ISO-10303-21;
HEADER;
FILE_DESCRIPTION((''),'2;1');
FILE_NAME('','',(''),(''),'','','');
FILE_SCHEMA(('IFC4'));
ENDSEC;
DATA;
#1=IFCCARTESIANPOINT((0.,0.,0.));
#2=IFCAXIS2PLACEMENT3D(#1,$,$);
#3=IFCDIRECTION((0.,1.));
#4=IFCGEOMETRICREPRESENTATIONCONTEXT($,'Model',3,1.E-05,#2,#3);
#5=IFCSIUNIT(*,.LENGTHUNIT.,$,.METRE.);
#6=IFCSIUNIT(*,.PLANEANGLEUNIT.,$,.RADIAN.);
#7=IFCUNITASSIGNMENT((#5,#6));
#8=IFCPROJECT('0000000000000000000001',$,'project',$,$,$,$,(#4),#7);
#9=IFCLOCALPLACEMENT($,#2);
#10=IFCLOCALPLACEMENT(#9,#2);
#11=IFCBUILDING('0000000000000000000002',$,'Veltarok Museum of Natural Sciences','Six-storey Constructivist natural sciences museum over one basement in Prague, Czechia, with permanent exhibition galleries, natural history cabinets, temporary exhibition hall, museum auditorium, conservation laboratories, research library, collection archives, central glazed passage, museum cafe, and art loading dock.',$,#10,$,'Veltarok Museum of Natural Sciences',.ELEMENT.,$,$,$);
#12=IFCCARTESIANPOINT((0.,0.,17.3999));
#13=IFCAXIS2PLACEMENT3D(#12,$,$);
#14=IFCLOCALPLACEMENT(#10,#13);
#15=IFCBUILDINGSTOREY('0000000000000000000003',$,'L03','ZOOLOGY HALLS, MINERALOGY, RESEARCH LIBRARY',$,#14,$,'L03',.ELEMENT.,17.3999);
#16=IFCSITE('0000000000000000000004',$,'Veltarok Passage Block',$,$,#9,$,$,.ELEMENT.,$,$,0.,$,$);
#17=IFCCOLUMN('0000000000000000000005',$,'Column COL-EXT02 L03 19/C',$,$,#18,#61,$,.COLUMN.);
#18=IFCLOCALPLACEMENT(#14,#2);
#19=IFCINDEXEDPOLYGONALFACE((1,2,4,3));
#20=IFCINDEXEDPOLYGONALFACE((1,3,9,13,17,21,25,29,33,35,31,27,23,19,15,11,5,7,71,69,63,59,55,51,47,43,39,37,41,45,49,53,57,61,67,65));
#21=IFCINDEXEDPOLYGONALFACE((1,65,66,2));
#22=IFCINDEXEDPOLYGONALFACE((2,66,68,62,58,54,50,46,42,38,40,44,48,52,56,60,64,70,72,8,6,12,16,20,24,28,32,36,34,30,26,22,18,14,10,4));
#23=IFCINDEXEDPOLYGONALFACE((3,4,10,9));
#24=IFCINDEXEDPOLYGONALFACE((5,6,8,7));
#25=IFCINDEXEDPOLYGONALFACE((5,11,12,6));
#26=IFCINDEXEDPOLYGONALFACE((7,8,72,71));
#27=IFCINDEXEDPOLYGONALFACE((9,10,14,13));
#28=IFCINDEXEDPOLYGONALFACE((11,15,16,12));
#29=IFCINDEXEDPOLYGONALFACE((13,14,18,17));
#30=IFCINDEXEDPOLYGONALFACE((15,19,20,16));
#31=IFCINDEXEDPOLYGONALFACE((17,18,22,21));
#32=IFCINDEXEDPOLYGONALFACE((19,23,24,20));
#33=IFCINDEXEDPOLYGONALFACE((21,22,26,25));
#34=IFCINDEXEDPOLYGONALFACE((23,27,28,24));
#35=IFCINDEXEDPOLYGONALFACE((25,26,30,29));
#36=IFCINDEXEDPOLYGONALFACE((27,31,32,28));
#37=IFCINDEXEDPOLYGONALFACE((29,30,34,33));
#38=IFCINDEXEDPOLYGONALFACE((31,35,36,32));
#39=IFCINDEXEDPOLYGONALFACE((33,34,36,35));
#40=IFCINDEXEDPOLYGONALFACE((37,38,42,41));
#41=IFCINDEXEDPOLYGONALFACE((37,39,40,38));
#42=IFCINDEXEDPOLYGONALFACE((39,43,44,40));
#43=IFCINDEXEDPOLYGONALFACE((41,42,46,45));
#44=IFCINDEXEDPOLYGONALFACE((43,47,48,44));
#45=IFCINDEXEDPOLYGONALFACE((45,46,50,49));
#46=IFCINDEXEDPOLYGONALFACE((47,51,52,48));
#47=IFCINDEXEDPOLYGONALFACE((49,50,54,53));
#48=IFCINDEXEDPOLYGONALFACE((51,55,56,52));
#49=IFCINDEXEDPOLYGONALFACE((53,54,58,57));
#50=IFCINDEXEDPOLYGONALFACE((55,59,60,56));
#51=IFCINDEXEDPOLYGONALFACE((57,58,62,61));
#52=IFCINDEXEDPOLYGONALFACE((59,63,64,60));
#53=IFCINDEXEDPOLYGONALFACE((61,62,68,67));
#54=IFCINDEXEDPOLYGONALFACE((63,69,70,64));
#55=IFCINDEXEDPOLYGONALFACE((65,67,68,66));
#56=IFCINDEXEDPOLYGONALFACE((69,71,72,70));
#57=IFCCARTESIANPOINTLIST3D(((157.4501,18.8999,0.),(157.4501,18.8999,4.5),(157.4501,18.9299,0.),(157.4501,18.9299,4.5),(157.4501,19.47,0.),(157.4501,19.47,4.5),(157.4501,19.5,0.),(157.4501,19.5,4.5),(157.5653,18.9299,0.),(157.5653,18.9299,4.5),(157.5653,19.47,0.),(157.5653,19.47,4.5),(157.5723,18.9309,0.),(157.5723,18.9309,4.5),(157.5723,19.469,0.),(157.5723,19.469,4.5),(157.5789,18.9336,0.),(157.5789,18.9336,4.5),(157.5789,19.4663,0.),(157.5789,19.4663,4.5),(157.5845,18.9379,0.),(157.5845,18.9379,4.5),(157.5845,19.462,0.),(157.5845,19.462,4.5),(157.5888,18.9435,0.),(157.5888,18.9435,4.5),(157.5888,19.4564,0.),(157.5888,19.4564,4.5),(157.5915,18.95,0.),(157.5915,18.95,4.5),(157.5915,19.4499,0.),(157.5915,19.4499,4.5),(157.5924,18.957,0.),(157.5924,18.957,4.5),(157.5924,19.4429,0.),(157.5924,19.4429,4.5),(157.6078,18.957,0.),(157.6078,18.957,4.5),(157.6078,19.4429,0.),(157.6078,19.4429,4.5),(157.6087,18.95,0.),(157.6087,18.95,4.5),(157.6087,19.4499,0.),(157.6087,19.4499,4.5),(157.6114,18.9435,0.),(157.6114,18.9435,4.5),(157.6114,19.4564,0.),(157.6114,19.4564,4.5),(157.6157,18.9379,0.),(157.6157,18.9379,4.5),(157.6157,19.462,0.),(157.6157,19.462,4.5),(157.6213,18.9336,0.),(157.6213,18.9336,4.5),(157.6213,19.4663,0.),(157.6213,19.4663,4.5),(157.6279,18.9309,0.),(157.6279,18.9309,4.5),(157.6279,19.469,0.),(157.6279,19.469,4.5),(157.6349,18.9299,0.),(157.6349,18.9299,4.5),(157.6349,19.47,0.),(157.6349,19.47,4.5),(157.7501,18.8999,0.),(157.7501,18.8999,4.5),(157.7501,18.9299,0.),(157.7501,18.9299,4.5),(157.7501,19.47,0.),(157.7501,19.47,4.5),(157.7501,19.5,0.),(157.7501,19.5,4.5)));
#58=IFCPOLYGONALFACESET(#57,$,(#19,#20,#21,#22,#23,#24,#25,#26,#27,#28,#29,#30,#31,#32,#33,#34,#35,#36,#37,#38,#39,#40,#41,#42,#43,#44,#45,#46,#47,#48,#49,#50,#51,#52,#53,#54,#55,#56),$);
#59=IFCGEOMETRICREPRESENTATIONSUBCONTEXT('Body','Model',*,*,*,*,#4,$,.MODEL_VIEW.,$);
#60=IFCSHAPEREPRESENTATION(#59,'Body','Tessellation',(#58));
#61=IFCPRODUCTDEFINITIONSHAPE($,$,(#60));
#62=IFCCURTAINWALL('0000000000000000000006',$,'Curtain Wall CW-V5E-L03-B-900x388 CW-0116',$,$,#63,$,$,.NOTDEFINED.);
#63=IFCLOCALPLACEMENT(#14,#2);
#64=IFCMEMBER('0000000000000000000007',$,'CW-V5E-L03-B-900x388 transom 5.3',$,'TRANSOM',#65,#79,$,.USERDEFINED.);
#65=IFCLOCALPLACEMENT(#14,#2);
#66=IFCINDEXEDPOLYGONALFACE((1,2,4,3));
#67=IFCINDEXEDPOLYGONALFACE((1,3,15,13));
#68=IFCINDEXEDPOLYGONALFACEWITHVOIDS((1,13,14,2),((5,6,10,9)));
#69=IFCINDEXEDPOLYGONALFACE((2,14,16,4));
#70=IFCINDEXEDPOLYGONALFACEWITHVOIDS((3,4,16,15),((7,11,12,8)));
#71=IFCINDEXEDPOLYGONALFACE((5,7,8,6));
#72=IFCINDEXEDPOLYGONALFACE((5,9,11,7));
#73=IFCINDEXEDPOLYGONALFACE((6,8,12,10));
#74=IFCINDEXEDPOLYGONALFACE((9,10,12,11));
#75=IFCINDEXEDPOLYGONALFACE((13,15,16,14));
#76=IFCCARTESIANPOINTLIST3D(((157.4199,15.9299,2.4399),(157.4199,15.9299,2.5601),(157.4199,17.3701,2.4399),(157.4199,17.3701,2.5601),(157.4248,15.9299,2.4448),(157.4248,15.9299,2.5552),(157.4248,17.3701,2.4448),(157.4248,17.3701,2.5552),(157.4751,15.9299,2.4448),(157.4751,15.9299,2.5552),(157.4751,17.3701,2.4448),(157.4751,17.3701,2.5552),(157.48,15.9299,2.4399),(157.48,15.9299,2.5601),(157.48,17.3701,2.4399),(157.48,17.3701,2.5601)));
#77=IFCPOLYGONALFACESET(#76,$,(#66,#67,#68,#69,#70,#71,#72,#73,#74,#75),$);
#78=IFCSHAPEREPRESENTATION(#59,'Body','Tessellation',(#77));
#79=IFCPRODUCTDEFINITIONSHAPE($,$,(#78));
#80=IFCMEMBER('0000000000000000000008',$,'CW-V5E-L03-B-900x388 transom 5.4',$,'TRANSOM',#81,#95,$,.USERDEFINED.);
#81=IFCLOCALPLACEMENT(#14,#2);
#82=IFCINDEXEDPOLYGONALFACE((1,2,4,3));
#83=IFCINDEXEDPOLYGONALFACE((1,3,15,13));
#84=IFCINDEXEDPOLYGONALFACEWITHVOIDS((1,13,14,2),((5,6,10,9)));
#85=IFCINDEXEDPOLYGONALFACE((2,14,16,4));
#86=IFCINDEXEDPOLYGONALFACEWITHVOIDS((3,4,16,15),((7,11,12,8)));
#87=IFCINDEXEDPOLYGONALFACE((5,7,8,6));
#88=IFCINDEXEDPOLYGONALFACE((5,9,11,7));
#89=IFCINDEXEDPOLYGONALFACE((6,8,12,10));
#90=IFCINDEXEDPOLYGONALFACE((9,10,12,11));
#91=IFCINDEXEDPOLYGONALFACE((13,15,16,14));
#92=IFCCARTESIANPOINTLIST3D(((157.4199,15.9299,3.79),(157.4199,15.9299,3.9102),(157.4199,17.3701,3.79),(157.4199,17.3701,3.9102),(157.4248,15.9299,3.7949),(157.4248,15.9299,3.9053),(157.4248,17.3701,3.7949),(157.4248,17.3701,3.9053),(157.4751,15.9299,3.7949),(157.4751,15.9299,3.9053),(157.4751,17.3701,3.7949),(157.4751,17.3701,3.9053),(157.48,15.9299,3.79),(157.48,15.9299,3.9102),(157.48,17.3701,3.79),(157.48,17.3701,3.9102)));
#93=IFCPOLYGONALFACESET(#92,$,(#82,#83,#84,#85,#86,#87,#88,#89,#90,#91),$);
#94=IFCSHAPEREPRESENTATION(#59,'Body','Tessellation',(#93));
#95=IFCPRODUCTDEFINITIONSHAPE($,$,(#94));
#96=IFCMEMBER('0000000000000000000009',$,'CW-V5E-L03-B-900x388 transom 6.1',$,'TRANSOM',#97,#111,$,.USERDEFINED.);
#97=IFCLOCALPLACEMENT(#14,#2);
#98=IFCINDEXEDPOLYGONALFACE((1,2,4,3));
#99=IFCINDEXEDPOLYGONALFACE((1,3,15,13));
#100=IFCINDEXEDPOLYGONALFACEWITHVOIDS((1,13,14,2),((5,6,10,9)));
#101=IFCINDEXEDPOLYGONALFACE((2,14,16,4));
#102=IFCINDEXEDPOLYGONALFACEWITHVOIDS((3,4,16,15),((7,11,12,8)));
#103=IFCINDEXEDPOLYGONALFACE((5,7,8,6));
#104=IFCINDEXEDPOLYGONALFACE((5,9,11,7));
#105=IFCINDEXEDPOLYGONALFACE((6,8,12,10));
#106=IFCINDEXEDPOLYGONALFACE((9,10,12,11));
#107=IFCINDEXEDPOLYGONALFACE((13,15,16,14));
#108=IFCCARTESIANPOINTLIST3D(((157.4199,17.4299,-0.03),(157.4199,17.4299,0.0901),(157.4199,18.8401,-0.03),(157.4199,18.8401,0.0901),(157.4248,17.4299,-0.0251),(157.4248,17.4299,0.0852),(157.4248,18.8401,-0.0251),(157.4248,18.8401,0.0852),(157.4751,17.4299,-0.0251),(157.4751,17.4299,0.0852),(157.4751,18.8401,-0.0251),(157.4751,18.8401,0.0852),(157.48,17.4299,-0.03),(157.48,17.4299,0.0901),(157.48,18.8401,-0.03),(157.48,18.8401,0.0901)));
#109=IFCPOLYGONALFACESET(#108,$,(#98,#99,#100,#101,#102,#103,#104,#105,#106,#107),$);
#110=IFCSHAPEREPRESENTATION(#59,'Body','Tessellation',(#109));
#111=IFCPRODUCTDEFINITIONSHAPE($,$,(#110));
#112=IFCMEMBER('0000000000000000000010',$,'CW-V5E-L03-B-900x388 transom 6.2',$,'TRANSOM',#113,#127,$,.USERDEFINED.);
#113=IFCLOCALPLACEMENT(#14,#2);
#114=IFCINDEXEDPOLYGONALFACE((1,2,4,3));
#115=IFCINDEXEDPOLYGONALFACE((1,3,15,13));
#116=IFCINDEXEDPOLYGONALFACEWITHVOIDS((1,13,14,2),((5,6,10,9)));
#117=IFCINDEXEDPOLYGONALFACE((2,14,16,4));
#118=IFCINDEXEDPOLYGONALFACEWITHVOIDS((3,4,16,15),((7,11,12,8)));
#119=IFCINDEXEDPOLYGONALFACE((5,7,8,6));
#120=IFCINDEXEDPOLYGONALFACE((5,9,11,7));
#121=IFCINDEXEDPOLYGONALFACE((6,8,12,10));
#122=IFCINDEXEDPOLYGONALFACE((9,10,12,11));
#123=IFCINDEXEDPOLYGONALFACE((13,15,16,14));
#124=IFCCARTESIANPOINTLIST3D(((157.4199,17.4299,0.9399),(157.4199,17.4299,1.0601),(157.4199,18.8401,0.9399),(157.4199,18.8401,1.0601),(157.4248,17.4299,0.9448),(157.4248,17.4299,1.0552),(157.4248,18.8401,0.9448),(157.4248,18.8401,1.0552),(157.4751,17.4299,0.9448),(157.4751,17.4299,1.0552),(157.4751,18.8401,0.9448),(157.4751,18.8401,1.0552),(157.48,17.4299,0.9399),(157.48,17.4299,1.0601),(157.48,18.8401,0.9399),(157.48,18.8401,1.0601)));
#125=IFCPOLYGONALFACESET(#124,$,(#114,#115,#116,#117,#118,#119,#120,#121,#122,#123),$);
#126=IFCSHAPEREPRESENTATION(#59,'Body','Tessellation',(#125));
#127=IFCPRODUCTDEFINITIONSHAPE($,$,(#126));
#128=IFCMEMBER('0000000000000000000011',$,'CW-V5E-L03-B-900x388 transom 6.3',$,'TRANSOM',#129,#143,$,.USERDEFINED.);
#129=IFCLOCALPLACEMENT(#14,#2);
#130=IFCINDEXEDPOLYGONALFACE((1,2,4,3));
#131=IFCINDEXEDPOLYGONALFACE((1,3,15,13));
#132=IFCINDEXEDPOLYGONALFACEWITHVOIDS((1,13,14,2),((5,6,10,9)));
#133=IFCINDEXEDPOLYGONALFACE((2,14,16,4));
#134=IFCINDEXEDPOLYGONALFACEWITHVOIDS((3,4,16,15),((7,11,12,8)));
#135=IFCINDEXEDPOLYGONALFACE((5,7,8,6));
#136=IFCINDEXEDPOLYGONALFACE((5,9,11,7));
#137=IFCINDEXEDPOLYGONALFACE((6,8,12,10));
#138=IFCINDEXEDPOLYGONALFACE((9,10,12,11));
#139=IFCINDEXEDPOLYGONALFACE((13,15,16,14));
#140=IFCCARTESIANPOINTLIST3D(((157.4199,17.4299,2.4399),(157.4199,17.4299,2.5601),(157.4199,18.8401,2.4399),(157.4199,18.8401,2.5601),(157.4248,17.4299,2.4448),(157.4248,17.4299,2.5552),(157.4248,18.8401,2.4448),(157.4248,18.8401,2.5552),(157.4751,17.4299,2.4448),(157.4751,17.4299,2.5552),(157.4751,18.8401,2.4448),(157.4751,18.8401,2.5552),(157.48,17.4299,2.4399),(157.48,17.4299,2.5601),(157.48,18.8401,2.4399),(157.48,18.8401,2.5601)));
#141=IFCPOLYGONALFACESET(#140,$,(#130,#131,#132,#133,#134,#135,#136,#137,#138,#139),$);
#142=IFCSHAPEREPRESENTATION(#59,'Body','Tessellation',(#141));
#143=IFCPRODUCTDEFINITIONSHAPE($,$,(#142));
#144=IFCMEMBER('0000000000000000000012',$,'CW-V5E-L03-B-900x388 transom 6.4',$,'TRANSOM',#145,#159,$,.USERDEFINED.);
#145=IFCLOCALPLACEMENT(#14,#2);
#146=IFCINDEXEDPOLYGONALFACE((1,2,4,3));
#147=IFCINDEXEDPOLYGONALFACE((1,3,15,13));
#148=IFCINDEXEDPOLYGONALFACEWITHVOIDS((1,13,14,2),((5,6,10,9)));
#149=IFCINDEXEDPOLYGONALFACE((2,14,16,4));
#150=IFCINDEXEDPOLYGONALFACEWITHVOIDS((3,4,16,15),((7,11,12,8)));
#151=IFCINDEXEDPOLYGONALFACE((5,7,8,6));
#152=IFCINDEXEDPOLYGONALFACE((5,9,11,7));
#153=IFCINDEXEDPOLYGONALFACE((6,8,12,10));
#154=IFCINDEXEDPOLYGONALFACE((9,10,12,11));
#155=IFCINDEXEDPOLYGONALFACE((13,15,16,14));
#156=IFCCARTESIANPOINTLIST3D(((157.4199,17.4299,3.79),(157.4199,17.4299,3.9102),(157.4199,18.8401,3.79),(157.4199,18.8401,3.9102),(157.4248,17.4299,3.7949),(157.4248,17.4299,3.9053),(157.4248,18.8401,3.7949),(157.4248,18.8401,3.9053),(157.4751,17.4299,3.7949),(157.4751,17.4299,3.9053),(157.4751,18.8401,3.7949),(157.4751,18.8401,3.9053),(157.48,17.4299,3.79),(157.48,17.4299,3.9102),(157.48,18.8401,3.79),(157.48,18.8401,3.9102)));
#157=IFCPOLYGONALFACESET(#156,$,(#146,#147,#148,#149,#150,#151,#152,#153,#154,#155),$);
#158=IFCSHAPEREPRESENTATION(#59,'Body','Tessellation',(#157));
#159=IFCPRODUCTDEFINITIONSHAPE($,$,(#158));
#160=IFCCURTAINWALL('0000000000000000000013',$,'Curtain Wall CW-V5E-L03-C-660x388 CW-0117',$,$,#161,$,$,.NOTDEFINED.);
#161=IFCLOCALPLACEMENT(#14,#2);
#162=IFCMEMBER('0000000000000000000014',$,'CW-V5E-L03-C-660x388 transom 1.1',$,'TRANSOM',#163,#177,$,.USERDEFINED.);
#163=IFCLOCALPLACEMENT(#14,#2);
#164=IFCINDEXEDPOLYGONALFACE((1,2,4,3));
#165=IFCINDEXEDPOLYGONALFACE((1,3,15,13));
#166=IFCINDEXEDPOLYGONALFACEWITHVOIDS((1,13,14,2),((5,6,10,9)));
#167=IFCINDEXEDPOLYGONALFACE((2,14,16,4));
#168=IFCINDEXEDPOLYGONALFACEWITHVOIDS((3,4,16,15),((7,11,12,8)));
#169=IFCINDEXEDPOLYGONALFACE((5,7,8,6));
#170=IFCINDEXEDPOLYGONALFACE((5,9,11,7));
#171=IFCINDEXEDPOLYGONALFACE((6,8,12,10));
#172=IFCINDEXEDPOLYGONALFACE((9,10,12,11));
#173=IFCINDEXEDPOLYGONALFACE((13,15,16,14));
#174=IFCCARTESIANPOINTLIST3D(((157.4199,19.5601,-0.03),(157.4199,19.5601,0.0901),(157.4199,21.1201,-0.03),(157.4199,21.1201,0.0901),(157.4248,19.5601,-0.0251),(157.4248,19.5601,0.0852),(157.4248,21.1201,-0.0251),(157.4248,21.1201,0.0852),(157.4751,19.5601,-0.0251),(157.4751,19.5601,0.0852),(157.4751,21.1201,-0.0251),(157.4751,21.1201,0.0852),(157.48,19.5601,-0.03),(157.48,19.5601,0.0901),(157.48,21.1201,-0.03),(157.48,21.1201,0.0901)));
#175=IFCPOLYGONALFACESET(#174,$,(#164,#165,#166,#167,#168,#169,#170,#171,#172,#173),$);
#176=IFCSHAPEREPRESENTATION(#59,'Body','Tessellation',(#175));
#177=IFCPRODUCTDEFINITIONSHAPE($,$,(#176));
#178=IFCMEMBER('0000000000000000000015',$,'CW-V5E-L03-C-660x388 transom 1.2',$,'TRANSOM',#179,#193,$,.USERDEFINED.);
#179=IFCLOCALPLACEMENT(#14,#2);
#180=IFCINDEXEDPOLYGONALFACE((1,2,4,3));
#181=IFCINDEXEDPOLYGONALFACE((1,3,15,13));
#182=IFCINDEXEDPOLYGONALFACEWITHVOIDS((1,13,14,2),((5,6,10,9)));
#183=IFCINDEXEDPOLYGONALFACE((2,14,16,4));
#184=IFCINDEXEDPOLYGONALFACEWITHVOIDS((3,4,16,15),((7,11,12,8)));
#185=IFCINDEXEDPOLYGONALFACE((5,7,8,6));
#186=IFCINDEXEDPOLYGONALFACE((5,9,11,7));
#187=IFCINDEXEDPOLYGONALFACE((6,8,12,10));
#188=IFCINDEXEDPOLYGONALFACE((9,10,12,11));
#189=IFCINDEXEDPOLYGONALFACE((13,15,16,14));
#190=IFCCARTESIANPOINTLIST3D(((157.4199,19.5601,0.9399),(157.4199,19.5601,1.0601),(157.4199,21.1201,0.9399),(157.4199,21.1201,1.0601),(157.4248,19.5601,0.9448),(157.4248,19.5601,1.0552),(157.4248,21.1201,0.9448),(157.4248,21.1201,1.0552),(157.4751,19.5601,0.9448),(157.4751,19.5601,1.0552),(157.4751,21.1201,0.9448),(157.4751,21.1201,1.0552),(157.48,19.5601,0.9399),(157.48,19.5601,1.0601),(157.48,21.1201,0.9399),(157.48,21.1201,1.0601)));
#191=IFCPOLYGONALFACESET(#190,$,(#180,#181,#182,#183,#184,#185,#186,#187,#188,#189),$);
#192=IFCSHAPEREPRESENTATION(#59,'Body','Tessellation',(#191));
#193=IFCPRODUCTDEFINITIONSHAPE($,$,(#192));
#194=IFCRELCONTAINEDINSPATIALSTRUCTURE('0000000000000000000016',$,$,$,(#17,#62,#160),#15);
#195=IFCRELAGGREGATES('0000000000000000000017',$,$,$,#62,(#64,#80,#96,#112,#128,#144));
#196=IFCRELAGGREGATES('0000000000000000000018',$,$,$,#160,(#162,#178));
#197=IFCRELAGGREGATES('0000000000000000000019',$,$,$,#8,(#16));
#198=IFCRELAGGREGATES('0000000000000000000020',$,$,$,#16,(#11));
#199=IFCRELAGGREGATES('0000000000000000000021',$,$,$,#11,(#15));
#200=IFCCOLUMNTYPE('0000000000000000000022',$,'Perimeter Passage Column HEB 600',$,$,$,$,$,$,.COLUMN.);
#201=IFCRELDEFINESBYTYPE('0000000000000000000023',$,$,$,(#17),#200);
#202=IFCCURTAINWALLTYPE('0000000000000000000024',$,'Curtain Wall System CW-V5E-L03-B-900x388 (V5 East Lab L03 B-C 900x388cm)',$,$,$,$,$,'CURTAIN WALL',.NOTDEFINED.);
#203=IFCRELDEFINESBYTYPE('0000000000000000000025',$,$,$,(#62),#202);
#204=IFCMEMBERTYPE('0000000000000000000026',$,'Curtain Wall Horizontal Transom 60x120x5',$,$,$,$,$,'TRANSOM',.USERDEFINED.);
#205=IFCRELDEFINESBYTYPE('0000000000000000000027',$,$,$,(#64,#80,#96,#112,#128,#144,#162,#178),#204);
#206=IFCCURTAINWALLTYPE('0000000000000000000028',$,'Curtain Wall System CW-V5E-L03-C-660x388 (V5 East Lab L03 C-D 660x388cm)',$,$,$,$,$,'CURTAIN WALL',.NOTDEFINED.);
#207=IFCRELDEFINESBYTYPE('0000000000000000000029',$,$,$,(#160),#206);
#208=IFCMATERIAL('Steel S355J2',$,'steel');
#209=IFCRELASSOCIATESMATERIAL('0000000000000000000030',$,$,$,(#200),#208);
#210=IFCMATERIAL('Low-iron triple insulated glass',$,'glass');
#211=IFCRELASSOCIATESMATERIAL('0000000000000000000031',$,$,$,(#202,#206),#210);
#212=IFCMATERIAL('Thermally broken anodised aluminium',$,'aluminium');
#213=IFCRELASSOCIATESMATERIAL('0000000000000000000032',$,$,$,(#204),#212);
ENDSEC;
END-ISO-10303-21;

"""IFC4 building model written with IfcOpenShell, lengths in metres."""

from ifc_helpers import new_model, si_unit, direction, frame, origin, origin_2d, place, context, subcontext, project, spatial, hollow_rectangle, i_section, extrude, material, material_profile, profile_set, type_object, element, aggregate, save


model = new_model("IFC4")

# Units and contexts
model_context = context("Model", 3, precision=1e-05, world=origin(), true_north=direction((0.0, 1.0)))
body_context = subcontext(model_context, "Body", "Model", "MODEL_VIEW")
ifc_project = project(units=[si_unit("LENGTHUNIT", "METRE"), si_unit("PLANEANGLEUNIT", "RADIAN")], contexts=[model_context])

# Site, building, storey
site_placement = place(None, origin())
site = spatial("IfcSite", under=ifc_project, at=site_placement, Name="Veltarok Passage Block", CompositionType="ELEMENT", RefElevation=0.0)
building_placement = place(site_placement, origin())
building = spatial("IfcBuilding", under=site, at=building_placement, Name="Veltarok Museum of Natural Sciences", Description="Six-storey Constructivist natural sciences museum over one basement in Prague, Czechia, with permanent exhibition galleries, natural history cabinets, temporary exhibition hall, museum auditorium, conservation laboratories, research library, collection archives, central glazed passage, museum cafe, and art loading dock.", LongName="Veltarok Museum of Natural Sciences", CompositionType="ELEMENT")
storey_placement = place(building_placement, frame((0.0, 0.0, 17.3999)))
storey = spatial("IfcBuildingStorey", under=building, at=storey_placement, Name="L03", Description="ZOOLOGY HALLS, MINERALOGY, RESEARCH LIBRARY", LongName="L03", CompositionType="ELEMENT", Elevation=17.3999)

# Column
ifc_material_1 = material(Name="Steel S355J2", Category="steel")
ifc_material_profile_1 = material_profile(ifc_material_1, i_section(OverallWidth=0.3, OverallDepth=0.6001, WebThickness=0.0154, FlangeThickness=0.03, FilletRadius=0.0271, at=origin_2d()), Name="HEB 600")
ifc_profile_set_1 = profile_set([ifc_material_profile_1], Name="Steel S355J2")
column_type = type_object("IfcColumnType", Name="Perimeter Passage Column HEB 600", PredefinedType="COLUMN", material=ifc_profile_set_1)
column_placement = place(storey_placement, frame((157.6001, 19.2, 0.0), z_axis=(0.0, 0.0, 1.0), x_axis=(1.0, 0.0, 0.0)))
element("IfcColumn", 1, at=column_placement, inside=storey, type_object=column_type, Name="Column COL-EXT02 L03 19/C", PredefinedType="COLUMN", context=body_context, shape_type="SweptSolid", body=[
    extrude(i_section(OverallWidth=0.3, OverallDepth=0.6001, WebThickness=0.0154, FlangeThickness=0.03, FilletRadius=0.0271, at=origin_2d()), origin(), (0.0, 0.0, 1.0), 4.5),
])

# Curtain walls, members
ifc_material_2 = material(Name="Low-iron triple insulated glass", Category="glass")
curtain_wall_type_1 = type_object("IfcCurtainWallType", Name="Curtain Wall System CW-V5E-L03-B-900x388 (V5 East Lab L03 B-C 900x388cm)", ElementType="CURTAIN WALL", PredefinedType="NOTDEFINED", material=ifc_material_2)
curtain_wall_1_placement = place(storey_placement, origin())
curtain_wall_1 = element("IfcCurtainWall", 2, at=curtain_wall_1_placement, inside=storey, type_object=curtain_wall_type_1, Name="Curtain Wall CW-V5E-L03-B-900x388 CW-0116", PredefinedType="NOTDEFINED")
ifc_material_3 = material(Name="Thermally broken anodised aluminium", Category="aluminium")
ifc_material_profile_2 = material_profile(ifc_material_3, hollow_rectangle(XDim=0.0601, YDim=0.1201, WallThickness=0.0049, at=origin_2d()), Name="CW TRANSOM 60x120x5")
ifc_profile_set_2 = profile_set([ifc_material_profile_2], Name="Thermally broken anodised aluminium")
member_type_1 = type_object("IfcMemberType", Name="Curtain Wall Horizontal Transom 60x120x5", ElementType="TRANSOM", PredefinedType="USERDEFINED", material=ifc_profile_set_2)
member_1_placement = place(storey_placement, frame((157.45, 15.9299, 2.5), z_axis=(0.0, 1.0, 0.0), x_axis=(-1.0, 0.0, 0.0)))
member_1 = element("IfcMember", 3, at=member_1_placement, type_object=member_type_1, Name="CW-V5E-L03-B-900x388 transom 5.3", ObjectType="TRANSOM", PredefinedType="USERDEFINED", context=body_context, shape_type="SweptSolid", body=[
    extrude(hollow_rectangle(XDim=0.0601, YDim=0.1201, WallThickness=0.0049, at=origin_2d()), origin(), (0.0, 0.0, 1.0), 1.4402),
])
member_2_placement = place(storey_placement, frame((157.45, 15.9299, 3.8501), z_axis=(0.0, 1.0, 0.0), x_axis=(-1.0, 0.0, 0.0)))
member_2 = element("IfcMember", 4, at=member_2_placement, type_object=member_type_1, Name="CW-V5E-L03-B-900x388 transom 5.4", ObjectType="TRANSOM", PredefinedType="USERDEFINED", context=body_context, shape_type="SweptSolid", body=[
    extrude(hollow_rectangle(XDim=0.0601, YDim=0.1201, WallThickness=0.0049, at=origin_2d()), origin(), (0.0, 0.0, 1.0), 1.4402),
])
member_3_placement = place(storey_placement, frame((157.45, 17.4299, 0.03), z_axis=(0.0, 1.0, 0.0), x_axis=(-1.0, 0.0, 0.0)))
member_3 = element("IfcMember", 5, at=member_3_placement, type_object=member_type_1, Name="CW-V5E-L03-B-900x388 transom 6.1", ObjectType="TRANSOM", PredefinedType="USERDEFINED", context=body_context, shape_type="SweptSolid", body=[
    extrude(hollow_rectangle(XDim=0.0601, YDim=0.1201, WallThickness=0.0049, at=origin_2d()), origin(), (0.0, 0.0, 1.0), 1.4102),
])
member_4_placement = place(storey_placement, frame((157.45, 17.4299, 1.0), z_axis=(0.0, 1.0, 0.0), x_axis=(-1.0, 0.0, 0.0)))
member_4 = element("IfcMember", 6, at=member_4_placement, type_object=member_type_1, Name="CW-V5E-L03-B-900x388 transom 6.2", ObjectType="TRANSOM", PredefinedType="USERDEFINED", context=body_context, shape_type="SweptSolid", body=[
    extrude(hollow_rectangle(XDim=0.0601, YDim=0.1201, WallThickness=0.0049, at=origin_2d()), origin(), (0.0, 0.0, 1.0), 1.4102),
])
member_5_placement = place(storey_placement, frame((157.45, 17.4299, 2.5), z_axis=(0.0, 1.0, 0.0), x_axis=(-1.0, 0.0, 0.0)))
member_5 = element("IfcMember", 7, at=member_5_placement, type_object=member_type_1, Name="CW-V5E-L03-B-900x388 transom 6.3", ObjectType="TRANSOM", PredefinedType="USERDEFINED", context=body_context, shape_type="SweptSolid", body=[
    extrude(hollow_rectangle(XDim=0.0601, YDim=0.1201, WallThickness=0.0049, at=origin_2d()), origin(), (0.0, 0.0, 1.0), 1.4102),
])
member_6_placement = place(storey_placement, frame((157.45, 17.4299, 3.8501), z_axis=(0.0, 1.0, 0.0), x_axis=(-1.0, 0.0, 0.0)))
member_6 = element("IfcMember", 8, at=member_6_placement, type_object=member_type_1, Name="CW-V5E-L03-B-900x388 transom 6.4", ObjectType="TRANSOM", PredefinedType="USERDEFINED", context=body_context, shape_type="SweptSolid", body=[
    extrude(hollow_rectangle(XDim=0.0601, YDim=0.1201, WallThickness=0.0049, at=origin_2d()), origin(), (0.0, 0.0, 1.0), 1.4102),
])
curtain_wall_type_2 = type_object("IfcCurtainWallType", Name="Curtain Wall System CW-V5E-L03-C-660x388 (V5 East Lab L03 C-D 660x388cm)", ElementType="CURTAIN WALL", PredefinedType="NOTDEFINED", material=ifc_material_2)
curtain_wall_2_placement = place(storey_placement, origin())
curtain_wall_2 = element("IfcCurtainWall", 9, at=curtain_wall_2_placement, inside=storey, type_object=curtain_wall_type_2, Name="Curtain Wall CW-V5E-L03-C-660x388 CW-0117", PredefinedType="NOTDEFINED")
member_7_placement = place(storey_placement, frame((157.45, 19.5601, 0.03), z_axis=(0.0, 1.0, 0.0), x_axis=(-1.0, 0.0, 0.0)))
member_7 = element("IfcMember", 10, at=member_7_placement, type_object=member_type_1, Name="CW-V5E-L03-C-660x388 transom 1.1", ObjectType="TRANSOM", PredefinedType="USERDEFINED", context=body_context, shape_type="SweptSolid", body=[
    extrude(hollow_rectangle(XDim=0.0601, YDim=0.1201, WallThickness=0.0049, at=origin_2d()), origin(), (0.0, 0.0, 1.0), 1.5601),
])
member_8_placement = place(storey_placement, frame((157.45, 19.5601, 1.0), z_axis=(0.0, 1.0, 0.0), x_axis=(-1.0, 0.0, 0.0)))
member_8 = element("IfcMember", 11, at=member_8_placement, type_object=member_type_1, Name="CW-V5E-L03-C-660x388 transom 1.2", ObjectType="TRANSOM", PredefinedType="USERDEFINED", context=body_context, shape_type="SweptSolid", body=[
    extrude(hollow_rectangle(XDim=0.0601, YDim=0.1201, WallThickness=0.0049, at=origin_2d()), origin(), (0.0, 0.0, 1.0), 1.5601),
])

aggregate(curtain_wall_1, [member_1, member_2, member_3, member_4, member_5, member_6])
aggregate(curtain_wall_2, [member_7, member_8])

save(model, "model.ifc")
